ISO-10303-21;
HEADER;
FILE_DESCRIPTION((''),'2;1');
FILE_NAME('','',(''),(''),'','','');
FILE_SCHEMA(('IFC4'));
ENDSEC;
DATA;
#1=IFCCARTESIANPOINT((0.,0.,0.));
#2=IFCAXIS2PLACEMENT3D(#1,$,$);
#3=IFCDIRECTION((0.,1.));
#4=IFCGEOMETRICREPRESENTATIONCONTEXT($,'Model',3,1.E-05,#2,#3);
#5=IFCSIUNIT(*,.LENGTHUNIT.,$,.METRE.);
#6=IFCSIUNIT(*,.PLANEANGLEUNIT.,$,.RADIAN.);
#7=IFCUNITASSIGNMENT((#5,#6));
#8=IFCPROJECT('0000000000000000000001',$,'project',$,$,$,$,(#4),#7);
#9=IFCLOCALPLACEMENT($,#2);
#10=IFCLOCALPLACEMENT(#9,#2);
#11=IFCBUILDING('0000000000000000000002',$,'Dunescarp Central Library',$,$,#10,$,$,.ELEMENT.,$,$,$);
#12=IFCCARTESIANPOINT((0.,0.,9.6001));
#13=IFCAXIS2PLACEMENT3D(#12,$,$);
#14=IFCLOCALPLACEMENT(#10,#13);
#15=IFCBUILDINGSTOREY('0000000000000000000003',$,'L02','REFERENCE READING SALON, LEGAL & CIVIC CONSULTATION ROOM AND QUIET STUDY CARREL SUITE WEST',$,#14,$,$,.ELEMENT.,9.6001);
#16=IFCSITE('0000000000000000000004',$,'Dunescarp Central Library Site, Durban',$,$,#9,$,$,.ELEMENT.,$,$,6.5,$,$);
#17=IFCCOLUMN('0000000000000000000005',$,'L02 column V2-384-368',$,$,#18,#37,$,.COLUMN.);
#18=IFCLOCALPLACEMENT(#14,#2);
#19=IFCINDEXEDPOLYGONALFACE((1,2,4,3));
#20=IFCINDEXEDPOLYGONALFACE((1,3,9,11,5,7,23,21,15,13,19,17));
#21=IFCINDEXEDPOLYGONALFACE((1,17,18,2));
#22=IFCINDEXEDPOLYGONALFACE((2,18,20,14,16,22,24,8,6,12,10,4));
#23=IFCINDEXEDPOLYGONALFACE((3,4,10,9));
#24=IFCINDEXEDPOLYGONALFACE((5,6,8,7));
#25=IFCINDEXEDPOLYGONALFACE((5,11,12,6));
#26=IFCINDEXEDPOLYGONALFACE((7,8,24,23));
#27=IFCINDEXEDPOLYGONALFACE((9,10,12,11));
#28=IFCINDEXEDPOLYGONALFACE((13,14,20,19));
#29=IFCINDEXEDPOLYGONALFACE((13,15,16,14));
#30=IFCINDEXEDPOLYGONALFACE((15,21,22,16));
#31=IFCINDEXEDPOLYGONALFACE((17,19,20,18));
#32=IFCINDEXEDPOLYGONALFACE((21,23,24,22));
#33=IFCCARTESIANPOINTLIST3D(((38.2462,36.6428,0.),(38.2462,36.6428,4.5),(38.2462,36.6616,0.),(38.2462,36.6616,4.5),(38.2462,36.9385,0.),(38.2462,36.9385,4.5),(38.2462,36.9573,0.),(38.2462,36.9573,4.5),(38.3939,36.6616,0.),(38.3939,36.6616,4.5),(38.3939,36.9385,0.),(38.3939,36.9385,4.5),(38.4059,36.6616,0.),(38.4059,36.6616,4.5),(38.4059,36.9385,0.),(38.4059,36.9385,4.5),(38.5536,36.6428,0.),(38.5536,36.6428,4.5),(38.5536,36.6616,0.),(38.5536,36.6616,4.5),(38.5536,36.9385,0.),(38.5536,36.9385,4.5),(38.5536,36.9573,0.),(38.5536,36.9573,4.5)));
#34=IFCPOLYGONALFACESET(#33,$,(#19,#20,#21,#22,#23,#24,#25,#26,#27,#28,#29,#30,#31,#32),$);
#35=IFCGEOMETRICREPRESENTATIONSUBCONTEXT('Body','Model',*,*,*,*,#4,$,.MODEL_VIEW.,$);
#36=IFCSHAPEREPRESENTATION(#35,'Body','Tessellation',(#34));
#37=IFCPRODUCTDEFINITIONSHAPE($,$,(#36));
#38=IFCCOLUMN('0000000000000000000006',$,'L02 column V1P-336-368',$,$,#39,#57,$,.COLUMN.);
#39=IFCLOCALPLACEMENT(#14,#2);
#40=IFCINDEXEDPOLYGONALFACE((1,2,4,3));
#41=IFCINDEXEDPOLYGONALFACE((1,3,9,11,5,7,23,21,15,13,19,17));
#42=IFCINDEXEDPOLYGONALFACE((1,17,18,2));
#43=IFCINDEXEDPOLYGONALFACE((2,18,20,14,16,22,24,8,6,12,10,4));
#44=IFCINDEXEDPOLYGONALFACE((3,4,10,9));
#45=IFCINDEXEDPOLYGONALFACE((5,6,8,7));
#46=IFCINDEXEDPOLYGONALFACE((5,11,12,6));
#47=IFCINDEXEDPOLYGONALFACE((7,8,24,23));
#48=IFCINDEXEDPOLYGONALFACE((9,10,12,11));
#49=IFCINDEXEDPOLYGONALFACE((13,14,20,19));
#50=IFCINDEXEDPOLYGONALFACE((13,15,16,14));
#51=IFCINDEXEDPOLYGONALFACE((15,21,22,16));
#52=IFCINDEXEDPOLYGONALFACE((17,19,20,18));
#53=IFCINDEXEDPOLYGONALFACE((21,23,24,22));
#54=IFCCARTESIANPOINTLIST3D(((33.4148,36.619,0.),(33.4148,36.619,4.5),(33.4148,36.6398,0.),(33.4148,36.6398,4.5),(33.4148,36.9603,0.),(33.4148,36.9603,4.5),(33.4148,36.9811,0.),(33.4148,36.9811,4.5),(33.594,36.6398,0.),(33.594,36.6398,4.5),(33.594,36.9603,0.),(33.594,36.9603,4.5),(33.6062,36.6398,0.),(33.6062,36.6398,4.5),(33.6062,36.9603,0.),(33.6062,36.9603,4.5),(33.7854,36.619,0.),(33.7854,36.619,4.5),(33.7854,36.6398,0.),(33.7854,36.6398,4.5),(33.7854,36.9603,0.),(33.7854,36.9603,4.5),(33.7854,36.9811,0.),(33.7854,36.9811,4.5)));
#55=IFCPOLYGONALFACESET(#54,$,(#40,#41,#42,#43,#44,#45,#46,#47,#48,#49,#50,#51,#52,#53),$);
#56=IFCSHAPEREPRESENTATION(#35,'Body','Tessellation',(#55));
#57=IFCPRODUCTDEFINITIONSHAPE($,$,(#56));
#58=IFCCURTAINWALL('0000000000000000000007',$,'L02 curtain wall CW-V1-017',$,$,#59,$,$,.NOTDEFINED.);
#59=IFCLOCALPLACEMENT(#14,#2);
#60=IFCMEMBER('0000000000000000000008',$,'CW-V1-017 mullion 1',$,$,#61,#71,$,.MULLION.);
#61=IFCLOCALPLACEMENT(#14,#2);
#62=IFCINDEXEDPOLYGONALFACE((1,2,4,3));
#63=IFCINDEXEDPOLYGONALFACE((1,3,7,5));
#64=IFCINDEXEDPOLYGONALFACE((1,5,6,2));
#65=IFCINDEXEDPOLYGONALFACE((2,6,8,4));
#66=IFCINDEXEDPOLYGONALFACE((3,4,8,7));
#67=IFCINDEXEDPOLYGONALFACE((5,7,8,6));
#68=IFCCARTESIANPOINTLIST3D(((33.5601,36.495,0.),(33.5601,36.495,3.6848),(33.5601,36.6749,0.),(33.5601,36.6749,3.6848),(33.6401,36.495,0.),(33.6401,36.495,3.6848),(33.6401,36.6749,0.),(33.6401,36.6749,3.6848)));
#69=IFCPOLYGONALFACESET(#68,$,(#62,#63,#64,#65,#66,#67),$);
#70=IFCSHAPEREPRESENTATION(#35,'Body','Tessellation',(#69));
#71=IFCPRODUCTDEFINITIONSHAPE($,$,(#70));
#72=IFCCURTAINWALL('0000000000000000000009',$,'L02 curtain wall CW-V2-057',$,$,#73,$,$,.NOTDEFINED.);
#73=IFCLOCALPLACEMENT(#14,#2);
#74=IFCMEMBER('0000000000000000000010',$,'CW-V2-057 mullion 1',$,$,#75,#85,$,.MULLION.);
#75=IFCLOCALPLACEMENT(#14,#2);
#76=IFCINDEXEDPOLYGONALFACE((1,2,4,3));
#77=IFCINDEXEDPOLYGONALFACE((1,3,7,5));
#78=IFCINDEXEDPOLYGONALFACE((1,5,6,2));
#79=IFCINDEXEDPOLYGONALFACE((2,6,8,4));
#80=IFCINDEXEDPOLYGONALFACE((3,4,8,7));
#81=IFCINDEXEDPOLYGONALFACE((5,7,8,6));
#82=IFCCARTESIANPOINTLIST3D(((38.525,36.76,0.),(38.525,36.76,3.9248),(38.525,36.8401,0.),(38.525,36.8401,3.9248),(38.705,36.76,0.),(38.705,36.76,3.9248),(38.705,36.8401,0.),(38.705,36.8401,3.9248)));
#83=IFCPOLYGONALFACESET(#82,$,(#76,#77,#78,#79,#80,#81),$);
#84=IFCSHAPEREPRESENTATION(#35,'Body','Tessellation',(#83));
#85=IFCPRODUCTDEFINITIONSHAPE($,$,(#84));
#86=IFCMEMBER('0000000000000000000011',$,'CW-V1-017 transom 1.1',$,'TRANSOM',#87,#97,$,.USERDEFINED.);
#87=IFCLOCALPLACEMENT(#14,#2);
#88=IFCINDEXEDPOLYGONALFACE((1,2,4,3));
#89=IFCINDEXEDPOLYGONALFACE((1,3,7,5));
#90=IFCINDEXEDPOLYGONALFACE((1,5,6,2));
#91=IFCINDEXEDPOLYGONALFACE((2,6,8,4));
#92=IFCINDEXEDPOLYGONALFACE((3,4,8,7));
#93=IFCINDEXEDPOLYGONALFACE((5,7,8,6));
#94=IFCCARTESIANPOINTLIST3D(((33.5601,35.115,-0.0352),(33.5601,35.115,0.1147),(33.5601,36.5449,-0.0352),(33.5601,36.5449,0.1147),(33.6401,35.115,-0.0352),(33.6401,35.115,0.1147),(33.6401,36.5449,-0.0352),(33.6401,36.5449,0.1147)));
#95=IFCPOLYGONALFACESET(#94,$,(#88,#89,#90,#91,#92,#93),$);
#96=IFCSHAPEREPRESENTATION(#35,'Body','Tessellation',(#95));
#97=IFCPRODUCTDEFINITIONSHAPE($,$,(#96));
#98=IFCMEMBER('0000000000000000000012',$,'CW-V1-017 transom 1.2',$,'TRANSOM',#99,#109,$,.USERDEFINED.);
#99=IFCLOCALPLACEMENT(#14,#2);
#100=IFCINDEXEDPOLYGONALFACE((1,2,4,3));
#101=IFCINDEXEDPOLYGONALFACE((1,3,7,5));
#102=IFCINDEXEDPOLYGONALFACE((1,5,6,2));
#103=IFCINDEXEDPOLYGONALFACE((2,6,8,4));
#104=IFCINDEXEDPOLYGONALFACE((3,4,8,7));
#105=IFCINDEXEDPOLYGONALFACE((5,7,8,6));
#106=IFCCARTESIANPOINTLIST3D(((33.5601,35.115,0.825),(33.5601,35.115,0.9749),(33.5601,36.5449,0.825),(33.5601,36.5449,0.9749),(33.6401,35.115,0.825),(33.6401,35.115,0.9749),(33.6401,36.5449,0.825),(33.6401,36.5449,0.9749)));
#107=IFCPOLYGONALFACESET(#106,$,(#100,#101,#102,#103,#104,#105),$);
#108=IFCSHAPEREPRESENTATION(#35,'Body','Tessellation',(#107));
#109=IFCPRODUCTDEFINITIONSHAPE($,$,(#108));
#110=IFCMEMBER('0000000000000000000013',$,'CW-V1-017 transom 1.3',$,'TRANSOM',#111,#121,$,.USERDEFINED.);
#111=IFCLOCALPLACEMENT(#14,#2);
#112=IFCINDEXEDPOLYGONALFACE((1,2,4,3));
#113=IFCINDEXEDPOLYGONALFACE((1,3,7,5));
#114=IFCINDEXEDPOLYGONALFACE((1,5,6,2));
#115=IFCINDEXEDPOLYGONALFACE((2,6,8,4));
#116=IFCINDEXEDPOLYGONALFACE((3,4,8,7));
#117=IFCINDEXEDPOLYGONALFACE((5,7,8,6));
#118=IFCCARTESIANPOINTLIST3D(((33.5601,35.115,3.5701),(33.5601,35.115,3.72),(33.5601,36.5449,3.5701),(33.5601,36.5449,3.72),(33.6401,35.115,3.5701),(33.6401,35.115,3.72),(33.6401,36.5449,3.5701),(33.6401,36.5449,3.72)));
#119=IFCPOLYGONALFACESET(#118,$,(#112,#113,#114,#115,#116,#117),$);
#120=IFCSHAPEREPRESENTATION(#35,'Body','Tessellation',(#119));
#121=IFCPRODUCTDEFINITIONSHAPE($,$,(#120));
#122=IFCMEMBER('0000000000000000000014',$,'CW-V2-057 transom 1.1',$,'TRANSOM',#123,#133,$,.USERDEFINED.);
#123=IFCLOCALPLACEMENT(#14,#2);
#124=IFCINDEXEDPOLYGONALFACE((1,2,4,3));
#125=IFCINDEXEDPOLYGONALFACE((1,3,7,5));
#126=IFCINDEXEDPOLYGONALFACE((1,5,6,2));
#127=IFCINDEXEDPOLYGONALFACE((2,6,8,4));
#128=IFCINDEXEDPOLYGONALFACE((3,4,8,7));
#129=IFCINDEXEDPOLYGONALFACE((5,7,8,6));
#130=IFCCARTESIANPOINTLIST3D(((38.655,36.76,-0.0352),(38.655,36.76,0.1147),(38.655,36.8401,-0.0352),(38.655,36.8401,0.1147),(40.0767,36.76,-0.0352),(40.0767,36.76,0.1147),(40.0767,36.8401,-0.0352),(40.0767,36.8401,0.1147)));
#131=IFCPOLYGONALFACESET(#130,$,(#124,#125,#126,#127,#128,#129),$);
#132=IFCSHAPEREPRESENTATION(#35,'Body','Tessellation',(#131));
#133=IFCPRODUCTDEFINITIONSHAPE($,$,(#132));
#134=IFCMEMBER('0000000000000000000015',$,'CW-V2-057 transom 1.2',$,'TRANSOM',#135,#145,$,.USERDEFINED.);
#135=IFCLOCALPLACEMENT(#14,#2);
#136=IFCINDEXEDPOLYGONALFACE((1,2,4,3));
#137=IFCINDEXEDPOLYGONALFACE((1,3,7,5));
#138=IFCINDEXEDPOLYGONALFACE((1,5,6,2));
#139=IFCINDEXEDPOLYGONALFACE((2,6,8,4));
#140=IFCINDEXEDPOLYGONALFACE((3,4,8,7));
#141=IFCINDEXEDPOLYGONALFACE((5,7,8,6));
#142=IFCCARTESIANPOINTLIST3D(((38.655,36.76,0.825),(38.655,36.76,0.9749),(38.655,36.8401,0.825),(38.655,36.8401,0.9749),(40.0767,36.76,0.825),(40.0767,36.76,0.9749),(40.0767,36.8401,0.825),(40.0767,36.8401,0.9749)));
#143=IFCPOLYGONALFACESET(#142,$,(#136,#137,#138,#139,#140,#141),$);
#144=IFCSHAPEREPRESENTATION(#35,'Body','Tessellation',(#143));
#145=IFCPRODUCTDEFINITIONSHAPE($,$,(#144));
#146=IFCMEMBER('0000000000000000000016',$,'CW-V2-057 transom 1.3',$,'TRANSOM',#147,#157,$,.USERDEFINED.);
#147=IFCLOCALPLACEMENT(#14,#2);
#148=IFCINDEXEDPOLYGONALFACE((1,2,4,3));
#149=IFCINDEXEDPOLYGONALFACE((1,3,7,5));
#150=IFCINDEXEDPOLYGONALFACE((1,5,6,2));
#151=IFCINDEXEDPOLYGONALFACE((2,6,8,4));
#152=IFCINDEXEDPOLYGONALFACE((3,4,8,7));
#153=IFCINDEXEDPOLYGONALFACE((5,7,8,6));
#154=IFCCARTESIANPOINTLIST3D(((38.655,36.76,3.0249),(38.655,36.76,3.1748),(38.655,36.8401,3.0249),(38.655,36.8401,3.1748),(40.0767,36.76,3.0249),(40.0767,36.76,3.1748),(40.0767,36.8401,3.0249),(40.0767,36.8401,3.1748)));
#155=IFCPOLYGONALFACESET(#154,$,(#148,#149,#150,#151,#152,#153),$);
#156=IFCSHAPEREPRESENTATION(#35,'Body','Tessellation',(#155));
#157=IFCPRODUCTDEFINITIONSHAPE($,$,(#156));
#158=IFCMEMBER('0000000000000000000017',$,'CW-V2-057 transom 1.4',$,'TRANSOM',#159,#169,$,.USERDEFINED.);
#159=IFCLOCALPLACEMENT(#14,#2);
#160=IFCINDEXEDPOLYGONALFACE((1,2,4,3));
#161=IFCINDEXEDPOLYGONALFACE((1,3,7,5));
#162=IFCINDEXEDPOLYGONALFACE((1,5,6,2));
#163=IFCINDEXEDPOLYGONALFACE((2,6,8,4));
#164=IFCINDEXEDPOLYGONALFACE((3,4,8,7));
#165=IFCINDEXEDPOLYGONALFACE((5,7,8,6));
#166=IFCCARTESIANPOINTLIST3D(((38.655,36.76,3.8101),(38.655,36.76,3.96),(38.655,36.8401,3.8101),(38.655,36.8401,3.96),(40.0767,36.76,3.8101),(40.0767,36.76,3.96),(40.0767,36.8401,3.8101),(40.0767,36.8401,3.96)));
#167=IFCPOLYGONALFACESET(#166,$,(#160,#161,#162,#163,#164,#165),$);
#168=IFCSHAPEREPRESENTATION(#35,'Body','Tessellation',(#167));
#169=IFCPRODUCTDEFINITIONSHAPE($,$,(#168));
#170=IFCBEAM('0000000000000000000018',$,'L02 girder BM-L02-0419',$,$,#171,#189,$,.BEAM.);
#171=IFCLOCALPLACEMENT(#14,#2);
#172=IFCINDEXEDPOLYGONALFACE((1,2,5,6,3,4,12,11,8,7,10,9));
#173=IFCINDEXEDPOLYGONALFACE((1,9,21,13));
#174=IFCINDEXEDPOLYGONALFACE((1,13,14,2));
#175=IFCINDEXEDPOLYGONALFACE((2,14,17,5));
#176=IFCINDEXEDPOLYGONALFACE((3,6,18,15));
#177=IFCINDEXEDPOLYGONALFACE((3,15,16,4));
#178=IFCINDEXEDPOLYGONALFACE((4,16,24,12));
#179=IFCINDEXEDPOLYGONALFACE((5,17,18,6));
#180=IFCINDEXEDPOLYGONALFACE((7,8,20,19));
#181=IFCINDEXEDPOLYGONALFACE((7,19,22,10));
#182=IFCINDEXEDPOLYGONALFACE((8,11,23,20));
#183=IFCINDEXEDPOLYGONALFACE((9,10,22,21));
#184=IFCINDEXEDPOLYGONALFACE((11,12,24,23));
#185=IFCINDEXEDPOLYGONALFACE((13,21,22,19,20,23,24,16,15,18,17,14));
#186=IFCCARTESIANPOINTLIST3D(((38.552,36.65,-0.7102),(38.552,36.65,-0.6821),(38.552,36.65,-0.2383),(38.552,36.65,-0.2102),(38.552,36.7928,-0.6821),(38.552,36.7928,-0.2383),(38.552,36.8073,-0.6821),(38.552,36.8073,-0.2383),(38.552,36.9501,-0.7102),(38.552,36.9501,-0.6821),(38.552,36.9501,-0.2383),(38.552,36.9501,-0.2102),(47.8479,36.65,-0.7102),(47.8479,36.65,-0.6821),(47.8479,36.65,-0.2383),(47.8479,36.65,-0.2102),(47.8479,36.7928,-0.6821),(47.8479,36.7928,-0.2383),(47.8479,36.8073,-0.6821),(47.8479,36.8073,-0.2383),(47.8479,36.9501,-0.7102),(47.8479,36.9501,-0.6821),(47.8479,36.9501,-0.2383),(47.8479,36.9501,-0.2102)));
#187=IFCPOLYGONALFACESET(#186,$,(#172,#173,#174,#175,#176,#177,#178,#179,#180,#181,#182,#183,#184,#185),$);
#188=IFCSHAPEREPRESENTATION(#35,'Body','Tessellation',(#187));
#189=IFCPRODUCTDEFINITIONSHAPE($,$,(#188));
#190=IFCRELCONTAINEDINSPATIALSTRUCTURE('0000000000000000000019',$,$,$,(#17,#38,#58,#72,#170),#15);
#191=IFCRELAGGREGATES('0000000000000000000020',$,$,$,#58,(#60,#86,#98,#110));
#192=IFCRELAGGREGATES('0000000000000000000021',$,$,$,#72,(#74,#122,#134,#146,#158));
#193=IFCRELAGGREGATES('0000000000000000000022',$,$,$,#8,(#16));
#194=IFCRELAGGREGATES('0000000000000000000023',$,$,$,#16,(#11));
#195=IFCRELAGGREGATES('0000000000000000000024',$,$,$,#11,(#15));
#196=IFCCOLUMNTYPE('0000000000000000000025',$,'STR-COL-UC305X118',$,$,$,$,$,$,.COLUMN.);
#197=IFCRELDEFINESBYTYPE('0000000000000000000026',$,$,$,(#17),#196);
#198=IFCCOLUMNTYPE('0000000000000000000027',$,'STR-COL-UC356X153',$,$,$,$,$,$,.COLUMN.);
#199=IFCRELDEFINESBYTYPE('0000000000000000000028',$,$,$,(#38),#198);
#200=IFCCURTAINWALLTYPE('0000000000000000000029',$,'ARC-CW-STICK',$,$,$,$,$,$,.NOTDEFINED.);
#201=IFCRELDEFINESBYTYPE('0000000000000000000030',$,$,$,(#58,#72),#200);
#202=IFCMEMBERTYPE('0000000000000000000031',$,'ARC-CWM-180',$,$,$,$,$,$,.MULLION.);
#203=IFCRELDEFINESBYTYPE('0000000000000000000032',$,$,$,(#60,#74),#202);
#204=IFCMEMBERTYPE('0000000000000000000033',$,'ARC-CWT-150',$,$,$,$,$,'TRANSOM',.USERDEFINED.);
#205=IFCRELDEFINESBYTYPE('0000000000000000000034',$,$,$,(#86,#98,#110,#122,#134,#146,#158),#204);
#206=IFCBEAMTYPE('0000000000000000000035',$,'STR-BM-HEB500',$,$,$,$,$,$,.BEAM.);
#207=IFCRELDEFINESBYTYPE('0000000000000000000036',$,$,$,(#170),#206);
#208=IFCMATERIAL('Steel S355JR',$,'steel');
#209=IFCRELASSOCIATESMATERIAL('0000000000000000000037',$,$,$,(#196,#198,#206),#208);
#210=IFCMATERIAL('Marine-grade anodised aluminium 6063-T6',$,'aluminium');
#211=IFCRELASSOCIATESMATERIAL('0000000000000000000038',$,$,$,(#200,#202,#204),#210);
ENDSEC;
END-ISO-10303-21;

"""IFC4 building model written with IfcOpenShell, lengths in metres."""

from ifc_helpers import new_model, si_unit, direction, frame, origin, origin_2d, place, context, subcontext, project, spatial, rectangle, i_section, extrude, material, material_profile, profile_set, type_object, element, aggregate, save


model = new_model("IFC4")

# Units and contexts
model_context = context("Model", 3, precision=1e-05, world=origin(), true_north=direction((0.0, 1.0)))
body_context = subcontext(model_context, "Body", "Model", "MODEL_VIEW")
ifc_project = project(units=[si_unit("LENGTHUNIT", "METRE"), si_unit("PLANEANGLEUNIT", "RADIAN")], contexts=[model_context])

# Site, building, storey
site_placement = place(None, origin())
site = spatial("IfcSite", under=ifc_project, at=site_placement, Name="Dunescarp Central Library Site, Durban", CompositionType="ELEMENT", RefElevation=6.5)
building_placement = place(site_placement, origin())
building = spatial("IfcBuilding", under=site, at=building_placement, Name="Dunescarp Central Library", CompositionType="ELEMENT")
storey_placement = place(building_placement, frame((0.0, 0.0, 9.6001)))
storey = spatial("IfcBuildingStorey", under=building, at=storey_placement, Name="L02", Description="REFERENCE READING SALON, LEGAL & CIVIC CONSULTATION ROOM AND QUIET STUDY CARREL SUITE WEST", CompositionType="ELEMENT", Elevation=9.6001)

# Columns
ifc_material_1 = material(Name="Steel S355JR", Category="steel")
ifc_material_profile_1 = material_profile(ifc_material_1, i_section(OverallWidth=0.3074, OverallDepth=0.3145, WebThickness=0.012, FlangeThickness=0.0188, at=origin_2d()), Name="UC 305x305x118")
ifc_profile_set_1 = profile_set([ifc_material_profile_1], Name="Steel S355JR")
column_type_1 = type_object("IfcColumnType", Name="STR-COL-UC305X118", PredefinedType="COLUMN", material=ifc_profile_set_1)
column_1_placement = place(storey_placement, frame((38.3999, 36.8, 0.0), z_axis=(0.0, 0.0, 1.0), x_axis=(1.0, 0.0, 0.0)))
element("IfcColumn", 1, at=column_1_placement, inside=storey, type_object=column_type_1, Name="L02 column V2-384-368", PredefinedType="COLUMN", context=body_context, shape_type="SweptSolid", body=[
    extrude(i_section(OverallWidth=0.3074, OverallDepth=0.3145, WebThickness=0.012, FlangeThickness=0.0188, at=origin_2d()), origin(), (0.0, 0.0, 1.0), 4.5),
])
ifc_material_profile_2 = material_profile(ifc_material_1, i_section(OverallWidth=0.3706, OverallDepth=0.3621, WebThickness=0.0122, FlangeThickness=0.0208, at=origin_2d()), Name="UC 356x368x153")
ifc_profile_set_2 = profile_set([ifc_material_profile_2], Name="Steel S355JR")
column_type_2 = type_object("IfcColumnType", Name="STR-COL-UC356X153", PredefinedType="COLUMN", material=ifc_profile_set_2)
column_2_placement = place(storey_placement, frame((33.6001, 36.8, 0.0), z_axis=(0.0, 0.0, 1.0), x_axis=(1.0, 0.0, 0.0)))
element("IfcColumn", 2, at=column_2_placement, inside=storey, type_object=column_type_2, Name="L02 column V1P-336-368", PredefinedType="COLUMN", context=body_context, shape_type="SweptSolid", body=[
    extrude(i_section(OverallWidth=0.3706, OverallDepth=0.3621, WebThickness=0.0122, FlangeThickness=0.0208, at=origin_2d()), origin(), (0.0, 0.0, 1.0), 4.5),
])

# Curtain walls, members
ifc_material_2 = material(Name="Marine-grade anodised aluminium 6063-T6", Category="aluminium")
curtain_wall_type = type_object("IfcCurtainWallType", Name="ARC-CW-STICK", PredefinedType="NOTDEFINED", material=ifc_material_2)
curtain_wall_1_placement = place(storey_placement, origin())
curtain_wall_1 = element("IfcCurtainWall", 3, at=curtain_wall_1_placement, inside=storey, type_object=curtain_wall_type, Name="L02 curtain wall CW-V1-017", PredefinedType="NOTDEFINED")
ifc_material_profile_3 = material_profile(ifc_material_2, rectangle(XDim=0.0801, YDim=0.1799, at=origin_2d()), Name="AL 80x180")
ifc_profile_set_3 = profile_set([ifc_material_profile_3], Name="Marine-grade anodised aluminium 6063-T6")
member_type_1 = type_object("IfcMemberType", Name="ARC-CWM-180", PredefinedType="MULLION", material=ifc_profile_set_3)
member_1_placement = place(storey_placement, frame((33.6001, 36.585, 0.0), z_axis=(0.0, 0.0, 1.0), x_axis=(1.0, 0.0, 0.0)))
member_1 = element("IfcMember", 4, at=member_1_placement, type_object=member_type_1, Name="CW-V1-017 mullion 1", PredefinedType="MULLION", context=body_context, shape_type="SweptSolid", body=[
    extrude(rectangle(XDim=0.0801, YDim=0.1799, at=origin_2d()), origin(), (0.0, 0.0, 1.0), 3.6848),
])
curtain_wall_2_placement = place(storey_placement, origin())
curtain_wall_2 = element("IfcCurtainWall", 5, at=curtain_wall_2_placement, inside=storey, type_object=curtain_wall_type, Name="L02 curtain wall CW-V2-057", PredefinedType="NOTDEFINED")
member_2_placement = place(storey_placement, frame((38.615, 36.8, 0.0), z_axis=(0.0, 0.0, 1.0), x_axis=(0.0, 1.0, 0.0)))
member_2 = element("IfcMember", 6, at=member_2_placement, type_object=member_type_1, Name="CW-V2-057 mullion 1", PredefinedType="MULLION", context=body_context, shape_type="SweptSolid", body=[
    extrude(rectangle(XDim=0.0801, YDim=0.1799, at=origin_2d()), origin(), (0.0, 0.0, 1.0), 3.9248),
])

# Members
ifc_material_profile_4 = material_profile(ifc_material_2, rectangle(XDim=0.0801, YDim=0.1499, at=origin_2d()), Name="AL 80x150")
ifc_profile_set_4 = profile_set([ifc_material_profile_4], Name="Marine-grade anodised aluminium 6063-T6")
member_type_2 = type_object("IfcMemberType", Name="ARC-CWT-150", ElementType="TRANSOM", PredefinedType="USERDEFINED", material=ifc_profile_set_4)
member_3_placement = place(storey_placement, frame((33.6001, 36.5449, 0.0398), z_axis=(0.0, -1.0, 0.0), x_axis=(1.0, 0.0, 0.0)))
member_3 = element("IfcMember", 7, at=member_3_placement, type_object=member_type_2, Name="CW-V1-017 transom 1.1", ObjectType="TRANSOM", PredefinedType="USERDEFINED", context=body_context, shape_type="SweptSolid", body=[
    extrude(rectangle(XDim=0.0801, YDim=0.1499, at=origin_2d()), origin(), (0.0, 0.0, 1.0), 1.4299),
])
member_4_placement = place(storey_placement, frame((33.6001, 36.5449, 0.8999), z_axis=(0.0, -1.0, 0.0), x_axis=(1.0, 0.0, 0.0)))
member_4 = element("IfcMember", 8, at=member_4_placement, type_object=member_type_2, Name="CW-V1-017 transom 1.2", ObjectType="TRANSOM", PredefinedType="USERDEFINED", context=body_context, shape_type="SweptSolid", body=[
    extrude(rectangle(XDim=0.0801, YDim=0.1499, at=origin_2d()), origin(), (0.0, 0.0, 1.0), 1.4299),
])
member_5_placement = place(storey_placement, frame((33.6001, 36.5449, 3.645), z_axis=(0.0, -1.0, 0.0), x_axis=(1.0, 0.0, 0.0)))
member_5 = element("IfcMember", 9, at=member_5_placement, type_object=member_type_2, Name="CW-V1-017 transom 1.3", ObjectType="TRANSOM", PredefinedType="USERDEFINED", context=body_context, shape_type="SweptSolid", body=[
    extrude(rectangle(XDim=0.0801, YDim=0.1499, at=origin_2d()), origin(), (0.0, 0.0, 1.0), 1.4299),
])
member_6_placement = place(storey_placement, frame((38.655, 36.8, 0.0398), z_axis=(1.0, 0.0, 0.0), x_axis=(0.0, 1.0, 0.0)))
member_6 = element("IfcMember", 10, at=member_6_placement, type_object=member_type_2, Name="CW-V2-057 transom 1.1", ObjectType="TRANSOM", PredefinedType="USERDEFINED", context=body_context, shape_type="SweptSolid", body=[
    extrude(rectangle(XDim=0.0801, YDim=0.1499, at=origin_2d()), origin(), (0.0, 0.0, 1.0), 1.4216),
])
member_7_placement = place(storey_placement, frame((38.655, 36.8, 0.8999), z_axis=(1.0, 0.0, 0.0), x_axis=(0.0, 1.0, 0.0)))
member_7 = element("IfcMember", 11, at=member_7_placement, type_object=member_type_2, Name="CW-V2-057 transom 1.2", ObjectType="TRANSOM", PredefinedType="USERDEFINED", context=body_context, shape_type="SweptSolid", body=[
    extrude(rectangle(XDim=0.0801, YDim=0.1499, at=origin_2d()), origin(), (0.0, 0.0, 1.0), 1.4216),
])
member_8_placement = place(storey_placement, frame((38.655, 36.8, 3.0999), z_axis=(1.0, 0.0, 0.0), x_axis=(0.0, 1.0, 0.0)))
member_8 = element("IfcMember", 12, at=member_8_placement, type_object=member_type_2, Name="CW-V2-057 transom 1.3", ObjectType="TRANSOM", PredefinedType="USERDEFINED", context=body_context, shape_type="SweptSolid", body=[
    extrude(rectangle(XDim=0.0801, YDim=0.1499, at=origin_2d()), origin(), (0.0, 0.0, 1.0), 1.4216),
])
member_9_placement = place(storey_placement, frame((38.655, 36.8, 3.885), z_axis=(1.0, 0.0, 0.0), x_axis=(0.0, 1.0, 0.0)))
member_9 = element("IfcMember", 13, at=member_9_placement, type_object=member_type_2, Name="CW-V2-057 transom 1.4", ObjectType="TRANSOM", PredefinedType="USERDEFINED", context=body_context, shape_type="SweptSolid", body=[
    extrude(rectangle(XDim=0.0801, YDim=0.1499, at=origin_2d()), origin(), (0.0, 0.0, 1.0), 1.4216),
])

# Beam
ifc_material_profile_5 = material_profile(ifc_material_1, i_section(OverallWidth=0.3, OverallDepth=0.5, WebThickness=0.0144, FlangeThickness=0.0281, at=origin_2d()), Name="HEB 500")
ifc_profile_set_5 = profile_set([ifc_material_profile_5], Name="Steel S355JR")
beam_type = type_object("IfcBeamType", Name="STR-BM-HEB500", PredefinedType="BEAM", material=ifc_profile_set_5)
beam_placement = place(storey_placement, frame((38.552, 36.8, -0.4602), z_axis=(1.0, 0.0, 0.0), x_axis=(0.0, 1.0, 0.0)))
element("IfcBeam", 14, at=beam_placement, inside=storey, type_object=beam_type, Name="L02 girder BM-L02-0419", PredefinedType="BEAM", context=body_context, shape_type="SweptSolid", body=[
    extrude(i_section(OverallWidth=0.3, OverallDepth=0.5, WebThickness=0.0144, FlangeThickness=0.0281, at=origin_2d()), origin(), (0.0, 0.0, 1.0), 9.2959),
])

aggregate(curtain_wall_1, [member_1, member_3, member_4, member_5])
aggregate(curtain_wall_2, [member_2, member_6, member_7, member_8, member_9])

save(model, "model.ifc")
